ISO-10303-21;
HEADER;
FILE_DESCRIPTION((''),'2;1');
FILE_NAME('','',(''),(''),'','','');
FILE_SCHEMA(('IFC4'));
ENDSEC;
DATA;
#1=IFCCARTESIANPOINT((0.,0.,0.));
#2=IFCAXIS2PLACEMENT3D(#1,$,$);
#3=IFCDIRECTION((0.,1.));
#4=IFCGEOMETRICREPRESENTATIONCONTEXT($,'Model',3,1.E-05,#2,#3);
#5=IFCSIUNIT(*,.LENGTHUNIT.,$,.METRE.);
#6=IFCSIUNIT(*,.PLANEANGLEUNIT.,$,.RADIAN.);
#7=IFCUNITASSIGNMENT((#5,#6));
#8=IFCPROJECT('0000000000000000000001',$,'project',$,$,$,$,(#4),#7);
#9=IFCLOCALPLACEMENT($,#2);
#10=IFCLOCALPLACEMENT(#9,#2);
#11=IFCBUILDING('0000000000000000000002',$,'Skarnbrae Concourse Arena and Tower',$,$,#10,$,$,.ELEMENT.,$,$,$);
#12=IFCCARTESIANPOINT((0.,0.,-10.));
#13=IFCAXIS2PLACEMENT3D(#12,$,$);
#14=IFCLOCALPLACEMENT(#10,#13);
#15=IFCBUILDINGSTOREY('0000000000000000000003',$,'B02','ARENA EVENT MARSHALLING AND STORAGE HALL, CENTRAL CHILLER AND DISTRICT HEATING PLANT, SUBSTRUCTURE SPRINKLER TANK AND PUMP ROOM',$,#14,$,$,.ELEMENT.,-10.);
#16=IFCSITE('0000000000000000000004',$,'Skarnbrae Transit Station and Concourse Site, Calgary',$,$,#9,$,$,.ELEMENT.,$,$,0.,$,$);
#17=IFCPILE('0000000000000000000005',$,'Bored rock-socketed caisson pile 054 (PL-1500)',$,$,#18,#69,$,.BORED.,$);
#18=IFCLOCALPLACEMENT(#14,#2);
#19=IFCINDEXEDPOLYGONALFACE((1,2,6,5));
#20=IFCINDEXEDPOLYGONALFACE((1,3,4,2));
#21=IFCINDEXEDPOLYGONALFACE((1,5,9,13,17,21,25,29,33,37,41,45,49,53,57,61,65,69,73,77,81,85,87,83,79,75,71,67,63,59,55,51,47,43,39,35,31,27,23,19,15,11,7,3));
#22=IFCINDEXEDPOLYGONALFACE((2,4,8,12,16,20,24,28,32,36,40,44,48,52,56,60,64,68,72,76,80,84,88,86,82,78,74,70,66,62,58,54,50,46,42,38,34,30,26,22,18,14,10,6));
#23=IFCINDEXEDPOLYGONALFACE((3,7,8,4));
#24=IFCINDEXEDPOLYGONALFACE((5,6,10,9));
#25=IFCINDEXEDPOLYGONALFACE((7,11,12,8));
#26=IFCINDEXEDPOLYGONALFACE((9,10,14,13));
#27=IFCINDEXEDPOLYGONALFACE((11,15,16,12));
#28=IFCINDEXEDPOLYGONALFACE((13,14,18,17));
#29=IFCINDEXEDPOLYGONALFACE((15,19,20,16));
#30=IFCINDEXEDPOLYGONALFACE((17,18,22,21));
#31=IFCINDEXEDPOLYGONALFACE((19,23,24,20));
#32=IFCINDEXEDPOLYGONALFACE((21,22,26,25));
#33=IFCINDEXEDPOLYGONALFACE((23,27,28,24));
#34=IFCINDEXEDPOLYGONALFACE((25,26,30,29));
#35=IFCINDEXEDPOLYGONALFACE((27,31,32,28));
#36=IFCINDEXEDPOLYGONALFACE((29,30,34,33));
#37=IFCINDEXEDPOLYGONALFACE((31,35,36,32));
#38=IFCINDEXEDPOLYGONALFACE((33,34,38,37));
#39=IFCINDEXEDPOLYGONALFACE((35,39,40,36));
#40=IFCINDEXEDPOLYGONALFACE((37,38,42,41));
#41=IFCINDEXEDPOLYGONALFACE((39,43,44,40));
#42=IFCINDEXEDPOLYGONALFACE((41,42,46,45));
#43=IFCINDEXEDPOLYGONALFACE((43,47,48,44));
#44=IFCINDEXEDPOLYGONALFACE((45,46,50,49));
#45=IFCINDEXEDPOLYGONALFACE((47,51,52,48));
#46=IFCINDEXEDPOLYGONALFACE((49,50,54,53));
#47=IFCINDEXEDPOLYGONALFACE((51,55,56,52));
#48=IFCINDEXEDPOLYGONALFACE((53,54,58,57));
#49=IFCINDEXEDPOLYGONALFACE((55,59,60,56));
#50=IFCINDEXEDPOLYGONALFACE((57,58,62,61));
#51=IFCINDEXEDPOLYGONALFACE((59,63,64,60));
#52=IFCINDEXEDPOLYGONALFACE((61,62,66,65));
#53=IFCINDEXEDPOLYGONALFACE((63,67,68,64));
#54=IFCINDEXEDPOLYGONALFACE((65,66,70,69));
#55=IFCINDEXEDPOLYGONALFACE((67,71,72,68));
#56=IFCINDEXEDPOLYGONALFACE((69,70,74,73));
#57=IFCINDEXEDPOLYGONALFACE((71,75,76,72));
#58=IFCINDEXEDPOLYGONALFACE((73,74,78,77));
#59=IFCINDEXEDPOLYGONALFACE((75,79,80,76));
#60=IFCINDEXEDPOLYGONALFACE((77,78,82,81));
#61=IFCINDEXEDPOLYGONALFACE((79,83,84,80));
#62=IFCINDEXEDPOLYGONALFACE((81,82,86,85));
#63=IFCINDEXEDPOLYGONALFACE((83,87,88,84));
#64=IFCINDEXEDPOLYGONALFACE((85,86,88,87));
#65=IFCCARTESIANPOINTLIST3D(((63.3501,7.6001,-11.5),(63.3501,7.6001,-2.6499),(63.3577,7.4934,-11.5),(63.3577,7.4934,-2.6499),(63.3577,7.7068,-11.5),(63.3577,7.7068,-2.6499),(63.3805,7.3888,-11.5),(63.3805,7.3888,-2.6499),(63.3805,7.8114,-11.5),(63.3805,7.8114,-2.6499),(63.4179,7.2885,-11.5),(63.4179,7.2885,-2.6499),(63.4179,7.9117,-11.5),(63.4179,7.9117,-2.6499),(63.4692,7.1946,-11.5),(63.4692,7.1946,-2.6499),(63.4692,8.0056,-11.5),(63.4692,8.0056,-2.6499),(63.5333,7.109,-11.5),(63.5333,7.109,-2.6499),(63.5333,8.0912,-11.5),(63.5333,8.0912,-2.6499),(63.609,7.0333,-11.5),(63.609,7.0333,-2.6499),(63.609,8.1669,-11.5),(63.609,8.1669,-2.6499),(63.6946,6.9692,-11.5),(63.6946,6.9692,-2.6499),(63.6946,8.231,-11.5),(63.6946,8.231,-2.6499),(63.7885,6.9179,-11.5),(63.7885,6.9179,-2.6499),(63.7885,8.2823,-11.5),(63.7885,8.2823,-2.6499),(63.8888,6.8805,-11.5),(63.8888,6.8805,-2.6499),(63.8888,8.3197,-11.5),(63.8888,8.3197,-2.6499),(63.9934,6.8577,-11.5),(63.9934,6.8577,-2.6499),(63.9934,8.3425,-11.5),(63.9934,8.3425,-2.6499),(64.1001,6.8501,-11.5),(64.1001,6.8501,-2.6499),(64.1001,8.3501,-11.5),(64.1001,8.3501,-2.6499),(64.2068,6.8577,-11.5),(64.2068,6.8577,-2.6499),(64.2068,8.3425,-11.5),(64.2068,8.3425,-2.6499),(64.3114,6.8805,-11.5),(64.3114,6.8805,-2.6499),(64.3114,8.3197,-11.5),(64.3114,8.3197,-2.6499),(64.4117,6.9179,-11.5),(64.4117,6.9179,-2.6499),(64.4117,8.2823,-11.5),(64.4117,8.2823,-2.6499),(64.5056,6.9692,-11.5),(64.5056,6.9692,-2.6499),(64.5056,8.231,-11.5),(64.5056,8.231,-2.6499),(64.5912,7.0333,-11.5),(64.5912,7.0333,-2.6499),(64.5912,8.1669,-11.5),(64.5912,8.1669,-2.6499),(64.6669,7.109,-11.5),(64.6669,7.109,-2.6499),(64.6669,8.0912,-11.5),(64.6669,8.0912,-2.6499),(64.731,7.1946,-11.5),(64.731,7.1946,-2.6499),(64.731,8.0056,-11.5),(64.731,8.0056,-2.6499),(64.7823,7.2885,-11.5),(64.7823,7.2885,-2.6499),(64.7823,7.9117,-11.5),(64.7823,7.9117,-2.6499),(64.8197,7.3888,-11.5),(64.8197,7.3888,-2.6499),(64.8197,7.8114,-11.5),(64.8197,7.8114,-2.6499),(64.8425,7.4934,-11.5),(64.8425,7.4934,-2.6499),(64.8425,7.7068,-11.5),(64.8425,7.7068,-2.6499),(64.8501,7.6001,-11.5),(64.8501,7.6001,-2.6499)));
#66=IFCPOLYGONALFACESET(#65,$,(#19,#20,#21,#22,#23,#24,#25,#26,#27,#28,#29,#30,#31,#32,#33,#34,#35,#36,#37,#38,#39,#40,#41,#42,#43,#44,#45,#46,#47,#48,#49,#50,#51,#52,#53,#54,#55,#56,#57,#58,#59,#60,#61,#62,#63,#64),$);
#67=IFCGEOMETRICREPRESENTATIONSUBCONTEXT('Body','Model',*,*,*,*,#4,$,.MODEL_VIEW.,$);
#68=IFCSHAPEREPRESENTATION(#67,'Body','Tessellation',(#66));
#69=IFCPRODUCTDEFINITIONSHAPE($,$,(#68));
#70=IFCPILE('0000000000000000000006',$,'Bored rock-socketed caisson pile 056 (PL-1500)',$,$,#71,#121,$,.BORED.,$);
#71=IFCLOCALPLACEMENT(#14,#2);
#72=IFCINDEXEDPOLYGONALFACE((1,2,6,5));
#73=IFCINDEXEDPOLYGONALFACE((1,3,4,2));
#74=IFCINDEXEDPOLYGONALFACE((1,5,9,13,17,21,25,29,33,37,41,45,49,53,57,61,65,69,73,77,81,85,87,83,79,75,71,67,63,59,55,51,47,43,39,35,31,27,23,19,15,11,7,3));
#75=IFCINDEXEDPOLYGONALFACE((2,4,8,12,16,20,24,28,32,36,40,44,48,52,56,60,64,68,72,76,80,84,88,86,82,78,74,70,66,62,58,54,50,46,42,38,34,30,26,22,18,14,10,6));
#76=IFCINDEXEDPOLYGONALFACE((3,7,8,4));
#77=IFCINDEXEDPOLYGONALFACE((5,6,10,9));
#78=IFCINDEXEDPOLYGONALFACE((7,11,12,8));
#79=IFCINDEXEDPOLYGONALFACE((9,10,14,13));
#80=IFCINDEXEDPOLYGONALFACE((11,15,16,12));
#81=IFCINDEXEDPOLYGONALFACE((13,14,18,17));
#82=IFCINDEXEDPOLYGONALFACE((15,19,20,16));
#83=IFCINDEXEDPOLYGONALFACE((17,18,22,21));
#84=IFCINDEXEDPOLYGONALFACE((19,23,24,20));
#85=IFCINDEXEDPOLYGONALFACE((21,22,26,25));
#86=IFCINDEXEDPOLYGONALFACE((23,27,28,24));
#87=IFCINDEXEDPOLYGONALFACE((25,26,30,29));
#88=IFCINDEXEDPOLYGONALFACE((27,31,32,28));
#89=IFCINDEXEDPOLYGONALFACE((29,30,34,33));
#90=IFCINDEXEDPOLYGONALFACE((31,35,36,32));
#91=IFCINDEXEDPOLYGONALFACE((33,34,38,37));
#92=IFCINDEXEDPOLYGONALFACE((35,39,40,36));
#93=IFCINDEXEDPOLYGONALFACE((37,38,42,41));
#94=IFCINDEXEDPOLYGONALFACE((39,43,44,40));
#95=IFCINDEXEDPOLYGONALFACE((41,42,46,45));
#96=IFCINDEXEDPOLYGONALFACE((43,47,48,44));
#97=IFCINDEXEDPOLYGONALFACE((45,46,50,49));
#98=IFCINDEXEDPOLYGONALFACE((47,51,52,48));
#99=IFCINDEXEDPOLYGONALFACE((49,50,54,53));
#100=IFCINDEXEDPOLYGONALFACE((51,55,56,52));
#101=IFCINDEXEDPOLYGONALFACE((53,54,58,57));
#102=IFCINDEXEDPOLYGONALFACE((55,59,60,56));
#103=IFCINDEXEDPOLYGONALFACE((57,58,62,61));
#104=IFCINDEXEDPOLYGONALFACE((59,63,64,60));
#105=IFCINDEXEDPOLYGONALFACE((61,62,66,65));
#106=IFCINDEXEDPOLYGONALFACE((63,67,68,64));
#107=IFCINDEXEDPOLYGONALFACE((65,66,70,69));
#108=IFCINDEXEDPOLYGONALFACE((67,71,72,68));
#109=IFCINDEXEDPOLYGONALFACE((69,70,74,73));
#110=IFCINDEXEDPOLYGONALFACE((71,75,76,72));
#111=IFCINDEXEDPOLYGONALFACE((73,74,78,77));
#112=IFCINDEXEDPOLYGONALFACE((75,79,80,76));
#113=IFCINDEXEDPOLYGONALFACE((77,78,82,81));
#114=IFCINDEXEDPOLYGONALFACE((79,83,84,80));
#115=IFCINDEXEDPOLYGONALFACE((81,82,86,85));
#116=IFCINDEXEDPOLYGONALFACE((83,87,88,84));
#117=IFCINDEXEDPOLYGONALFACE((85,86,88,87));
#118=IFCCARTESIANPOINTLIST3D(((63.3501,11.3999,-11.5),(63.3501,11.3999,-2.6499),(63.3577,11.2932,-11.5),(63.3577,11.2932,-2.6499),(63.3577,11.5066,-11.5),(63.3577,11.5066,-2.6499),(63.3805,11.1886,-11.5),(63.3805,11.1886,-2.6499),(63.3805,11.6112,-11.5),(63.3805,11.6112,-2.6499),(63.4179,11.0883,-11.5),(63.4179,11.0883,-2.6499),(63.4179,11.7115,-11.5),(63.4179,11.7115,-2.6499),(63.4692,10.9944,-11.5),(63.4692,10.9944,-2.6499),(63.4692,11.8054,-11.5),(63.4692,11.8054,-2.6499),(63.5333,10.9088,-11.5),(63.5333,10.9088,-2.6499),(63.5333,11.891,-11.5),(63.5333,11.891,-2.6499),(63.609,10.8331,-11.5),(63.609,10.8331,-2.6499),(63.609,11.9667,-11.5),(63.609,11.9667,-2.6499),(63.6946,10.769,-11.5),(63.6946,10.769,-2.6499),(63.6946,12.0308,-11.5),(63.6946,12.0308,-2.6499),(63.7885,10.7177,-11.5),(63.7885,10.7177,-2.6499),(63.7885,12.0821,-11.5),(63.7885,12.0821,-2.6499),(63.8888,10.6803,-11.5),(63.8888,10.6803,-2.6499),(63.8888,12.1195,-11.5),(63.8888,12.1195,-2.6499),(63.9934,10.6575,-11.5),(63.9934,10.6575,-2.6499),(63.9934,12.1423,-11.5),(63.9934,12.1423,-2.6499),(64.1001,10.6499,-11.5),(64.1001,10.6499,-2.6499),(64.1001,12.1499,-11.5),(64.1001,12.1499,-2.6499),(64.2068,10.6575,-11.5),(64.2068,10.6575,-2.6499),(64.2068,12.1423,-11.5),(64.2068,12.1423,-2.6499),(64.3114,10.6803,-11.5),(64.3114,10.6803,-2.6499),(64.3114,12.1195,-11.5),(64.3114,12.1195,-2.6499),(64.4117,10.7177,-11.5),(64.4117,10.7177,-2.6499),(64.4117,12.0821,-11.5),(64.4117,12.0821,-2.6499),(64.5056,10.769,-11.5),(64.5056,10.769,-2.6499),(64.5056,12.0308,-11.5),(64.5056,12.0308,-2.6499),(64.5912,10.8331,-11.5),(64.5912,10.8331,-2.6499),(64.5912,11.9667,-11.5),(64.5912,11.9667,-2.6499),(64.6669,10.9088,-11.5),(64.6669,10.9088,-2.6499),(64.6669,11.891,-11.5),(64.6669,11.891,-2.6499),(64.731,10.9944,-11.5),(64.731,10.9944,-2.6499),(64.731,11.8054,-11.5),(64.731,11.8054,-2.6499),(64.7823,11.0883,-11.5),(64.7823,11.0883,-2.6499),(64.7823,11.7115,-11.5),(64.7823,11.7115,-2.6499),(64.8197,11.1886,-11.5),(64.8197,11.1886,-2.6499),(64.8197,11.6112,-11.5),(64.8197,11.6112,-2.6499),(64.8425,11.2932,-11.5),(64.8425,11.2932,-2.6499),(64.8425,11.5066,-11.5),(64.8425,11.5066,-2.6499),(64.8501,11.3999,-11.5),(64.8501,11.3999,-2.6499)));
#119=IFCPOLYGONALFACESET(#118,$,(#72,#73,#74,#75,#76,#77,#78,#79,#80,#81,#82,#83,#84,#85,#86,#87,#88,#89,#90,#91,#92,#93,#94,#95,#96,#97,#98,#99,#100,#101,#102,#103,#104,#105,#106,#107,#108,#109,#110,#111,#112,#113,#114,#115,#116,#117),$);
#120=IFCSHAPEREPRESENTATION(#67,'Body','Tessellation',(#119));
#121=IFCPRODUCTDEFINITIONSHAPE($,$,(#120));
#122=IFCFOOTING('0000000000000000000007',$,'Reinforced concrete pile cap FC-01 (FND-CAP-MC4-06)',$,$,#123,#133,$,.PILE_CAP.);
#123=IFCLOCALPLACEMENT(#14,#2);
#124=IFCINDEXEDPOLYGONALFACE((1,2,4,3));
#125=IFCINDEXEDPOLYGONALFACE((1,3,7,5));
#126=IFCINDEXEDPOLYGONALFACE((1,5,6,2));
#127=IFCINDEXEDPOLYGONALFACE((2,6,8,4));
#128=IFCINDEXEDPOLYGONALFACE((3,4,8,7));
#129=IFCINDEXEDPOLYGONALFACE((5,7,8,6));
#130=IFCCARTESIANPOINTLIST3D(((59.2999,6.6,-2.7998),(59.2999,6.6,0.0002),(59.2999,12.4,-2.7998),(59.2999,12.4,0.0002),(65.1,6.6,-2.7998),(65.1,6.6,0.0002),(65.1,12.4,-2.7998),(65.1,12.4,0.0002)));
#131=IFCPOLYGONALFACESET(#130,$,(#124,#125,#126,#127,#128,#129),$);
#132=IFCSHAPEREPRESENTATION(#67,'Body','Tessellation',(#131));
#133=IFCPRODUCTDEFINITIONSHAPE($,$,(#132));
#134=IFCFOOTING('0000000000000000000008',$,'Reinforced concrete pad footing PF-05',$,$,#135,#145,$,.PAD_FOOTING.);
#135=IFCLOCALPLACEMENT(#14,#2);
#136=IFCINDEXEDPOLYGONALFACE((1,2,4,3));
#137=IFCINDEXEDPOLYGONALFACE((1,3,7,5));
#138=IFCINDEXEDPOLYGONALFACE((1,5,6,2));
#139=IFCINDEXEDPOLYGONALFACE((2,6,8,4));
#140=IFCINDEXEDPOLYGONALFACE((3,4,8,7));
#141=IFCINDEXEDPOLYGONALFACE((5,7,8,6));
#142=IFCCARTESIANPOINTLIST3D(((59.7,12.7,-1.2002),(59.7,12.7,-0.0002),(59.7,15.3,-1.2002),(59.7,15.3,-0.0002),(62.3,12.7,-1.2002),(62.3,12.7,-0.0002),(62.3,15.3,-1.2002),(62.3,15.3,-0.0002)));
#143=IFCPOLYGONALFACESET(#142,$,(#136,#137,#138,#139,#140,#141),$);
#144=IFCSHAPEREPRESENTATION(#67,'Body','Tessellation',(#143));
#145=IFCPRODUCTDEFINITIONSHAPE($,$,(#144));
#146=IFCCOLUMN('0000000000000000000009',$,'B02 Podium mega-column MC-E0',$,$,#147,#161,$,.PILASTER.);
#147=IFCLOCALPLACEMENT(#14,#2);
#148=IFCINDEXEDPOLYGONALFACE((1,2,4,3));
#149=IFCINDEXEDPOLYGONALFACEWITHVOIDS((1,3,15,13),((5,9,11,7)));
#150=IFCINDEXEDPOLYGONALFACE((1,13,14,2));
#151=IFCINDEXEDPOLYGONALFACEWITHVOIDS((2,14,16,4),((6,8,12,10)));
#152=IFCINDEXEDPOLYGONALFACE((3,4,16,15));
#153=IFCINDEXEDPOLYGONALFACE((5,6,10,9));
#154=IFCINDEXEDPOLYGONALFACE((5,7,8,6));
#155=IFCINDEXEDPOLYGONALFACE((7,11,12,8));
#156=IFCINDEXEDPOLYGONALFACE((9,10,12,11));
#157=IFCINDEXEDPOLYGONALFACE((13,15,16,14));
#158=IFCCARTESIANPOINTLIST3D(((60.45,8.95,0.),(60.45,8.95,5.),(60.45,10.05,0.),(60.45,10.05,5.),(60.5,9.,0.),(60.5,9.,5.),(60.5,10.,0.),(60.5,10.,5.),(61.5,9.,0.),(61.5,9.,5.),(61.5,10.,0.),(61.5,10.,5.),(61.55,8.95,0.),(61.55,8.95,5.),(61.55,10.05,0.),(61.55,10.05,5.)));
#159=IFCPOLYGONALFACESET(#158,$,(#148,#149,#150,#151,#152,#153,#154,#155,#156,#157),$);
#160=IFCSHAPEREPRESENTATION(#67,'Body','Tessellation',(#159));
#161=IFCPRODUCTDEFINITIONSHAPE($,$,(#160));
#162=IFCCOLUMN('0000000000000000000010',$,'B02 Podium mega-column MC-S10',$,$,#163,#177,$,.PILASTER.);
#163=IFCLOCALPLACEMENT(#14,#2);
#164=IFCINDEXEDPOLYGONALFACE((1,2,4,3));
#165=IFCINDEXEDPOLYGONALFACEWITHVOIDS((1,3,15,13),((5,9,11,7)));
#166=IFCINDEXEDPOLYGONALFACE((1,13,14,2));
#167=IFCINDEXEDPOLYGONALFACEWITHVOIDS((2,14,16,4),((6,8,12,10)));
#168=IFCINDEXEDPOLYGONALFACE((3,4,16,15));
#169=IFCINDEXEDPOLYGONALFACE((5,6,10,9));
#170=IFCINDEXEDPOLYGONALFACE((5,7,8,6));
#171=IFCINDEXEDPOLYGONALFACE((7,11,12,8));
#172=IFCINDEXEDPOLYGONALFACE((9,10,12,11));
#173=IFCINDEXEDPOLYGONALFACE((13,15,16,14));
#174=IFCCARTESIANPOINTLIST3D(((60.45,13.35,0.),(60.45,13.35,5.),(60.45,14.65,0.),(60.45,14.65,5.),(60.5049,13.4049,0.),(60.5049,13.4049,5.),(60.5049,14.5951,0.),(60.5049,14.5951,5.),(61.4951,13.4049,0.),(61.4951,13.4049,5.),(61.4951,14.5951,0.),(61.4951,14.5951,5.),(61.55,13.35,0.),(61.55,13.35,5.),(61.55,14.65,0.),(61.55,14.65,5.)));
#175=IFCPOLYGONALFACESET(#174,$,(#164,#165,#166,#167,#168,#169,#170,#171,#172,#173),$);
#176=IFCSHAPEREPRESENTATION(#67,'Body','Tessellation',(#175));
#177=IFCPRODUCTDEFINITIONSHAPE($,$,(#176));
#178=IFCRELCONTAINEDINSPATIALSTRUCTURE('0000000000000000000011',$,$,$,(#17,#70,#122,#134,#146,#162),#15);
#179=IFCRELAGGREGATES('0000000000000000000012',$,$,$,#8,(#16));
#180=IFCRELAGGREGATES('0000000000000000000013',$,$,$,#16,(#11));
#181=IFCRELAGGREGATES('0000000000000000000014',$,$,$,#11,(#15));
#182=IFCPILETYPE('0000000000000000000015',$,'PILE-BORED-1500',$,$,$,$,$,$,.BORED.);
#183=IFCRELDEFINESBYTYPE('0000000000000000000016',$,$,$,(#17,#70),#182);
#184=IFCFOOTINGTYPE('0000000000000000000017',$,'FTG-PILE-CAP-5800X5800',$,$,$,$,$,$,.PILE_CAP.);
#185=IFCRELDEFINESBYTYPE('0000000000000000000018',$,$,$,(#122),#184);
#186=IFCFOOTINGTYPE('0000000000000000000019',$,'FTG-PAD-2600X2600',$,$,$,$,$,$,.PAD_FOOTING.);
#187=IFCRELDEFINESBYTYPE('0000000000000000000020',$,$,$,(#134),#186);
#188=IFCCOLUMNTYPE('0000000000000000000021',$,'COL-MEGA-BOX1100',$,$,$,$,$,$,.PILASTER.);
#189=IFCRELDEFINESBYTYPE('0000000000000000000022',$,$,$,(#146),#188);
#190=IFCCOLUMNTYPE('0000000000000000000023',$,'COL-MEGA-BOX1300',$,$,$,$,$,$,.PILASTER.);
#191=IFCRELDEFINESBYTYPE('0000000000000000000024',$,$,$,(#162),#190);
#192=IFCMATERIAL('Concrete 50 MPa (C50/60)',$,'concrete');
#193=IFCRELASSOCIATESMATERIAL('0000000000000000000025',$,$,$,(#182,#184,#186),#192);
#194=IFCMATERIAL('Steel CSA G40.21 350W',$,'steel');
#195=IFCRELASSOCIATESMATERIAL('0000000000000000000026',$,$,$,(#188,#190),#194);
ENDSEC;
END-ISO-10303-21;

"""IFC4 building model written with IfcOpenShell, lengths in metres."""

from ifc_helpers import new_model, si_unit, direction, frame, origin, origin_2d, place, context, subcontext, project, spatial, rectangle, hollow_rectangle, circle, extrude, source, transform, mapped, material, material_profile, profile_set, type_object, element, save


model = new_model("IFC4")

# Units and contexts
model_context = context("Model", 3, precision=1e-05, world=origin(), true_north=direction((0.0, 1.0)))
body_context = subcontext(model_context, "Body", "Model", "MODEL_VIEW")
ifc_project = project(units=[si_unit("LENGTHUNIT", "METRE"), si_unit("PLANEANGLEUNIT", "RADIAN")], contexts=[model_context])

# Site, building, storey
site_placement = place(None, origin())
site = spatial("IfcSite", under=ifc_project, at=site_placement, Name="Skarnbrae Transit Station and Concourse Site, Calgary", CompositionType="ELEMENT", RefElevation=0.0)
building_placement = place(site_placement, origin())
building = spatial("IfcBuilding", under=site, at=building_placement, Name="Skarnbrae Concourse Arena and Tower", CompositionType="ELEMENT")
storey_placement = place(building_placement, frame((0.0, 0.0, -10.0)))
storey = spatial("IfcBuildingStorey", under=building, at=storey_placement, Name="B02", Description="ARENA EVENT MARSHALLING AND STORAGE HALL, CENTRAL CHILLER AND DISTRICT HEATING PLANT, SUBSTRUCTURE SPRINKLER TANK AND PUMP ROOM", CompositionType="ELEMENT", Elevation=-10.0)

# Piles
ifc_material_1 = material(Name="Concrete 50 MPa (C50/60)", Category="concrete")
ifc_material_profile_1 = material_profile(ifc_material_1, circle(Radius=0.75, at=origin_2d()), Name="CAISSON-1500")
ifc_profile_set_1 = profile_set([ifc_material_profile_1], Name="Concrete 50 MPa (C50/60)")
pile_type = type_object("IfcPileType", Name="PILE-BORED-1500", PredefinedType="BORED", material=ifc_profile_set_1)
shared_shape_1 = source(origin(), body_context, "Body", "SweptSolid", [
    extrude(circle(Radius=0.75, at=origin_2d()), origin(), (0.0, 0.0, 1.0), 8.8501),
])
for number, where, z_axis, x_axis, name in (
    (1, (64.1001, 7.6001, -2.6499), (0.0, 0.0, -1.0), (1.0, 0.0, 0.0), "Bored rock-socketed caisson pile 054 (PL-1500)"),
    (2, (64.1001, 11.3999, -2.6499), (0.0, 0.0, -1.0), (1.0, 0.0, 0.0), "Bored rock-socketed caisson pile 056 (PL-1500)"),
):
    element("IfcPile", number, at=place(storey_placement, frame(where, z_axis=z_axis, x_axis=x_axis)), inside=storey, type_object=pile_type, Name=name, PredefinedType="BORED", context=body_context, shape_type="MappedRepresentation", body=[
        mapped(shared_shape_1, transform((0.0, 0.0, 0.0))),
    ])

# Footings
footing_type_1 = type_object("IfcFootingType", Name="FTG-PILE-CAP-5800X5800", PredefinedType="PILE_CAP", material=ifc_material_1)
shared_shape_2 = source(origin(), body_context, "Body", "SweptSolid", [
    extrude(rectangle(XDim=5.8, YDim=5.8, at=origin_2d()), origin(), (0.0, 0.0, 1.0), 2.8),
])
footing_1_placement = place(storey_placement, frame((62.2, 9.5, -2.7998), z_axis=(0.0, 0.0, 1.0), x_axis=(1.0, 0.0, 0.0)))
element("IfcFooting", 3, at=footing_1_placement, inside=storey, type_object=footing_type_1, Name="Reinforced concrete pile cap FC-01 (FND-CAP-MC4-06)", PredefinedType="PILE_CAP", context=body_context, shape_type="MappedRepresentation", body=[
    mapped(shared_shape_2, transform((0.0, 0.0, 0.0))),
])
footing_type_2 = type_object("IfcFootingType", Name="FTG-PAD-2600X2600", PredefinedType="PAD_FOOTING", material=ifc_material_1)
shared_shape_3 = source(origin(), body_context, "Body", "SweptSolid", [
    extrude(rectangle(XDim=2.6001, YDim=2.6001, at=origin_2d()), origin(), (0.0, 0.0, 1.0), 1.2),
])
footing_2_placement = place(storey_placement, frame((61.0, 14.0, -1.2002), z_axis=(0.0, 0.0, 1.0), x_axis=(1.0, 0.0, 0.0)))
element("IfcFooting", 4, at=footing_2_placement, inside=storey, type_object=footing_type_2, Name="Reinforced concrete pad footing PF-05", PredefinedType="PAD_FOOTING", context=body_context, shape_type="MappedRepresentation", body=[
    mapped(shared_shape_3, transform((0.0, 0.0, 0.0))),
])

# Columns
ifc_material_2 = material(Name="Steel CSA G40.21 350W", Category="steel")
ifc_material_profile_2 = material_profile(ifc_material_2, hollow_rectangle(XDim=1.1001, YDim=1.1001, WallThickness=0.05, at=origin_2d()), Name="BOX1100X1100X50")
ifc_profile_set_2 = profile_set([ifc_material_profile_2], Name="Steel CSA G40.21 350W")
column_type_1 = type_object("IfcColumnType", Name="COL-MEGA-BOX1100", PredefinedType="PILASTER", material=ifc_profile_set_2)
shared_shape_4 = source(origin(), body_context, "Body", "SweptSolid", [
    extrude(hollow_rectangle(XDim=1.1001, YDim=1.1001, WallThickness=0.05, at=origin_2d()), origin(), (0.0, 0.0, 1.0), 5.0),
])
column_1_placement = place(storey_placement, frame((61.0, 9.5, 0.0), z_axis=(0.0, 0.0, 1.0), x_axis=(1.0, 0.0, 0.0)))
element("IfcColumn", 5, at=column_1_placement, inside=storey, type_object=column_type_1, Name="B02 Podium mega-column MC-E0", PredefinedType="PILASTER", context=body_context, shape_type="MappedRepresentation", body=[
    mapped(shared_shape_4, transform((0.0, 0.0, 0.0))),
])
ifc_material_profile_3 = material_profile(ifc_material_2, hollow_rectangle(XDim=1.1001, YDim=1.3, WallThickness=0.0549, at=origin_2d()), Name="BOX1300X1100X55")
ifc_profile_set_3 = profile_set([ifc_material_profile_3], Name="Steel CSA G40.21 350W")
column_type_2 = type_object("IfcColumnType", Name="COL-MEGA-BOX1300", PredefinedType="PILASTER", material=ifc_profile_set_3)
shared_shape_5 = source(origin(), body_context, "Body", "SweptSolid", [
    extrude(hollow_rectangle(XDim=1.1001, YDim=1.3, WallThickness=0.0549, at=origin_2d()), origin(), (0.0, 0.0, 1.0), 5.0),
])
column_2_placement = place(storey_placement, frame((61.0, 14.0, 0.0), z_axis=(0.0, 0.0, 1.0), x_axis=(1.0, 0.0, 0.0)))
element("IfcColumn", 6, at=column_2_placement, inside=storey, type_object=column_type_2, Name="B02 Podium mega-column MC-S10", PredefinedType="PILASTER", context=body_context, shape_type="MappedRepresentation", body=[
    mapped(shared_shape_5, transform((0.0, 0.0, 0.0))),
])

save(model, "model.ifc")
